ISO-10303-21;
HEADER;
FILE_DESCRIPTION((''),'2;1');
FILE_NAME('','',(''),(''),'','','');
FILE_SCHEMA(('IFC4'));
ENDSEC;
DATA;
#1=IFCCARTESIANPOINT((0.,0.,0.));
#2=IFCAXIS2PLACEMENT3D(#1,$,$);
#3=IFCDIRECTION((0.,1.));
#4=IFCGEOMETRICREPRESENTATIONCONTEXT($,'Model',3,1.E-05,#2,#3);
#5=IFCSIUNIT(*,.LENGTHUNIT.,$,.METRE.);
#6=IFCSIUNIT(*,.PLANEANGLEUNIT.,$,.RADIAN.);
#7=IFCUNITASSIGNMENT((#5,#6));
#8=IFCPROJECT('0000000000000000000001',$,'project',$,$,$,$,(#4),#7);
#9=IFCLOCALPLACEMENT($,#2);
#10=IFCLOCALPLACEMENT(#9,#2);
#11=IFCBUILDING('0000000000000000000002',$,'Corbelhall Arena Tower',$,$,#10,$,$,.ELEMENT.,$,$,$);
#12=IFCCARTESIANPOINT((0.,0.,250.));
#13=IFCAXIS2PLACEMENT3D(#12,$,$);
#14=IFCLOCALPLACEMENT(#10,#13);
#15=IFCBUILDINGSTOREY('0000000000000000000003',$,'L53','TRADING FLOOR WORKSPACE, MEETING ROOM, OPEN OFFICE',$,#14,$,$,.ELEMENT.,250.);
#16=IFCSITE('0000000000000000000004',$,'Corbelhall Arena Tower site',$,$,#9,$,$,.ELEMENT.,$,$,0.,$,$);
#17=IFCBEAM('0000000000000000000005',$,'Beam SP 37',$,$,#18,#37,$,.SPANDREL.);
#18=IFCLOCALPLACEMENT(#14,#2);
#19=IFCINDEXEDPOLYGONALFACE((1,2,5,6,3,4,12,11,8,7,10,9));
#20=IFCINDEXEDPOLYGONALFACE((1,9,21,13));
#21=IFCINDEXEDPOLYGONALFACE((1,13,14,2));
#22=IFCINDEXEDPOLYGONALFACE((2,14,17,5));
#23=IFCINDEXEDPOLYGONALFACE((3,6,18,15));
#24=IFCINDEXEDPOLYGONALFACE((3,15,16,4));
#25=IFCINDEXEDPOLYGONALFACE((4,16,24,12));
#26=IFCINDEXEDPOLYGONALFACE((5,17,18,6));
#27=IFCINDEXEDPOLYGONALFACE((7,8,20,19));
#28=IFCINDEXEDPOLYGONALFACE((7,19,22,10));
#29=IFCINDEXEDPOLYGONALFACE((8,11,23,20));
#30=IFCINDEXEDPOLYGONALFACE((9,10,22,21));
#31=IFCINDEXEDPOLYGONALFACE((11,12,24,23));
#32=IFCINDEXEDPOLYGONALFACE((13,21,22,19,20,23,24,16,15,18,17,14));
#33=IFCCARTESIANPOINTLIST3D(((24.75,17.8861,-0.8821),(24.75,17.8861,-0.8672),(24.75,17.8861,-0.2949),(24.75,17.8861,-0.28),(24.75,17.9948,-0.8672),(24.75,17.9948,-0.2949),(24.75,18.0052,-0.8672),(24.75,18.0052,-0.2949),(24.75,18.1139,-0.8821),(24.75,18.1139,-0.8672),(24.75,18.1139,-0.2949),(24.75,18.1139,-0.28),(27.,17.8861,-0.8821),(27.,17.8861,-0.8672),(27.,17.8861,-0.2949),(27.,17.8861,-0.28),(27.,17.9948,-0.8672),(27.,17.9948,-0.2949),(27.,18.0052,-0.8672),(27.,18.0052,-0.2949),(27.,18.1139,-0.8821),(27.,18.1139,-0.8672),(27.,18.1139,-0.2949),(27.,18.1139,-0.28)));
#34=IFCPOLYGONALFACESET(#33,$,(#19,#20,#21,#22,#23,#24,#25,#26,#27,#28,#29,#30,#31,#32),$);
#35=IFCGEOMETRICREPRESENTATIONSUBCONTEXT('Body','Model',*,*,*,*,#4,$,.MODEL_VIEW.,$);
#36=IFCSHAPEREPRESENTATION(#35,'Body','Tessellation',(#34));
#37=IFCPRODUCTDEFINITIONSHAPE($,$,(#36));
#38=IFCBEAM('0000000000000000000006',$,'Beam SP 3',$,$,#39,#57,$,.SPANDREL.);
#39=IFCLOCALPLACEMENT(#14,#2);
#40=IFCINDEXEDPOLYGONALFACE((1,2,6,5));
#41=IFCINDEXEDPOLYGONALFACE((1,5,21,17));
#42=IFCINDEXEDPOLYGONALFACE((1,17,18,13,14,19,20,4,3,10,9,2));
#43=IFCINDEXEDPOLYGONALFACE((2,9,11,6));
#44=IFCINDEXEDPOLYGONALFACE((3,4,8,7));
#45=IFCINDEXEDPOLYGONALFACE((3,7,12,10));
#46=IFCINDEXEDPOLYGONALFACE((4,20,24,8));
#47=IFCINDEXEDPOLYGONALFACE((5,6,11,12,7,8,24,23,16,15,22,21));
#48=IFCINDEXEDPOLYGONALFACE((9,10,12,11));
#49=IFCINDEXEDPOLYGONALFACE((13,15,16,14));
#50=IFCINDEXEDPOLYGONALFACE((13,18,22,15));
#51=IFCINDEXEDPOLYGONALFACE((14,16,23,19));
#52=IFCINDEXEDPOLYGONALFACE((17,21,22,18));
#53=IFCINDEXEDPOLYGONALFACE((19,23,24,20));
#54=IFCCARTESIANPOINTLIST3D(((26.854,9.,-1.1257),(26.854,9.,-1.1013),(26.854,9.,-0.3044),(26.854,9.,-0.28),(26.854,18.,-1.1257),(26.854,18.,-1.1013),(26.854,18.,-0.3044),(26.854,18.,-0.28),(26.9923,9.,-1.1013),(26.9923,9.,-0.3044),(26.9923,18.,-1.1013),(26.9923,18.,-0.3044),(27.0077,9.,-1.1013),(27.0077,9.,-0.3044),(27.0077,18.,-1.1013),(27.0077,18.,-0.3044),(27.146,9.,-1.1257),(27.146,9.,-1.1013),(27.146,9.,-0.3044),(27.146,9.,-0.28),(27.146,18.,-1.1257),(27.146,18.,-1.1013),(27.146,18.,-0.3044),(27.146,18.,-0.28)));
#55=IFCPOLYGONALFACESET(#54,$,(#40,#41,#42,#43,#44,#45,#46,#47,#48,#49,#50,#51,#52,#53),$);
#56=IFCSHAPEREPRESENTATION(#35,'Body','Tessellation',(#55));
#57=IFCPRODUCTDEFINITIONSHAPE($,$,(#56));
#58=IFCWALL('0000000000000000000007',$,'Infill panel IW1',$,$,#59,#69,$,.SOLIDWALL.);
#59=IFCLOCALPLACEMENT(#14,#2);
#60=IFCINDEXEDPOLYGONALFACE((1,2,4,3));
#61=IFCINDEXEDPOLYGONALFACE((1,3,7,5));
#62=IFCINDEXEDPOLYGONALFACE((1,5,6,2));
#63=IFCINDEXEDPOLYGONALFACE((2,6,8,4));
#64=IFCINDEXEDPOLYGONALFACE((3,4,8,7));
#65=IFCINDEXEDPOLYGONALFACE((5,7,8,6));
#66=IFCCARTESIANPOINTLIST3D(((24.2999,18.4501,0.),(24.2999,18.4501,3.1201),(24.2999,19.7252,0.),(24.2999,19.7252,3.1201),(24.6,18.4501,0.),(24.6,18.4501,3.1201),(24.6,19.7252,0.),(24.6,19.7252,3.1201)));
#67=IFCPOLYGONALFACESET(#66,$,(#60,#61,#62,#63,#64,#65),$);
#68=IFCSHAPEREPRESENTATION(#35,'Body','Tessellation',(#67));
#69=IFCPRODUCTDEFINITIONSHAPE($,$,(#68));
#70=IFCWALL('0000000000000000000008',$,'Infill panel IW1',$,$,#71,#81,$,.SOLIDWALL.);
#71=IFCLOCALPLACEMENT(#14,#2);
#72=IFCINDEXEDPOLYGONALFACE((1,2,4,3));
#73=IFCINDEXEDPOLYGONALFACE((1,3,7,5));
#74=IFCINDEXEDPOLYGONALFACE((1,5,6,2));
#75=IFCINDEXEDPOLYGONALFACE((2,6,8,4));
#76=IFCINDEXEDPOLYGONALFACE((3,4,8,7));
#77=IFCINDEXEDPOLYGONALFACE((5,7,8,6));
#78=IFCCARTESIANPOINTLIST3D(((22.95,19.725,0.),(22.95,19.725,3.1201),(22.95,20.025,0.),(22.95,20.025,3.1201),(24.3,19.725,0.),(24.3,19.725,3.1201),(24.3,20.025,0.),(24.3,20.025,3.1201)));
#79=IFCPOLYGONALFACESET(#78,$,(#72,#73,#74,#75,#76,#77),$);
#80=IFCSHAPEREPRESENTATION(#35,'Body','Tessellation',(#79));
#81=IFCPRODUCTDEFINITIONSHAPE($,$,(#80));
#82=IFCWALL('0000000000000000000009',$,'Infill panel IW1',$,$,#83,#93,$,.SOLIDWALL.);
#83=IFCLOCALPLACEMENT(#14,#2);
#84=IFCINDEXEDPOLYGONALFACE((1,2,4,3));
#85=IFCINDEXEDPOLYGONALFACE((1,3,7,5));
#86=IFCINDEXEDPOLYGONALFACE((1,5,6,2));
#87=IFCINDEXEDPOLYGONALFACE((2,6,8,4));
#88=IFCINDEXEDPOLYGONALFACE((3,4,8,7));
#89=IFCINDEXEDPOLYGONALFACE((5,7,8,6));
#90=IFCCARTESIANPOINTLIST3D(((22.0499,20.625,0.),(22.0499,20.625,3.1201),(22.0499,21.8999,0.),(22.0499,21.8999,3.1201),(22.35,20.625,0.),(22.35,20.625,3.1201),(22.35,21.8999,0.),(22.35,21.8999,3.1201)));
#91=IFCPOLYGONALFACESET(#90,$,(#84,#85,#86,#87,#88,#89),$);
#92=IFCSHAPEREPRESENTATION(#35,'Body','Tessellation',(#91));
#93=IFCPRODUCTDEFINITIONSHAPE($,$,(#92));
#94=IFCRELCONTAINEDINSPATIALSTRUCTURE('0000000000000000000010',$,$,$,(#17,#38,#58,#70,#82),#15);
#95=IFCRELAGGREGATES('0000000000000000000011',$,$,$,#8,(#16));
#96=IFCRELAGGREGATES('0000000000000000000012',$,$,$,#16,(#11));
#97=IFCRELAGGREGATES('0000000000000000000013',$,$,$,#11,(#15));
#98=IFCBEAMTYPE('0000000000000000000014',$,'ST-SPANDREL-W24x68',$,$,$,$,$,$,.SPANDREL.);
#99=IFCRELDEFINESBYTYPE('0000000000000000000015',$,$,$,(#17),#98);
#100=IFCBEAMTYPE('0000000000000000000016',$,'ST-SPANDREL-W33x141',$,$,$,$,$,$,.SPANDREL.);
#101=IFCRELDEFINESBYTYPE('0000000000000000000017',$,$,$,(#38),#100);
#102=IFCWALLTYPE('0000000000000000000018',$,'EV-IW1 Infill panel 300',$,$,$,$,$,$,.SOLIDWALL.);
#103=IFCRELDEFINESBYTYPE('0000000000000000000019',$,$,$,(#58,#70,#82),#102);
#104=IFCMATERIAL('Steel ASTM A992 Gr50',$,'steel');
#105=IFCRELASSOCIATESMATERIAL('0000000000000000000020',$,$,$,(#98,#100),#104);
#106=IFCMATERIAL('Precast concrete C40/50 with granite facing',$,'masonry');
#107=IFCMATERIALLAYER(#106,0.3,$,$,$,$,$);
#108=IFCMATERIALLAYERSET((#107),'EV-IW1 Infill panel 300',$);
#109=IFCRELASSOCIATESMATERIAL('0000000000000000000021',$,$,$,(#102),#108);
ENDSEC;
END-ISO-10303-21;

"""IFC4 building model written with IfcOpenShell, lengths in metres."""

from ifc_helpers import new_model, si_unit, direction, frame, frame_2d, origin, origin_2d, place, context, subcontext, project, spatial, rectangle, i_section, extrude, material, layer, layer_set, material_profile, profile_set, type_object, element, save


model = new_model("IFC4")

# Units and contexts
model_context = context("Model", 3, precision=1e-05, world=origin(), true_north=direction((0.0, 1.0)))
body_context = subcontext(model_context, "Body", "Model", "MODEL_VIEW")
ifc_project = project(units=[si_unit("LENGTHUNIT", "METRE"), si_unit("PLANEANGLEUNIT", "RADIAN")], contexts=[model_context])

# Site, building, storey
site_placement = place(None, origin())
site = spatial("IfcSite", under=ifc_project, at=site_placement, Name="Corbelhall Arena Tower site", CompositionType="ELEMENT", RefElevation=0.0)
building_placement = place(site_placement, origin())
building = spatial("IfcBuilding", under=site, at=building_placement, Name="Corbelhall Arena Tower", CompositionType="ELEMENT")
storey_placement = place(building_placement, frame((0.0, 0.0, 250.0)))
storey = spatial("IfcBuildingStorey", under=building, at=storey_placement, Name="L53", Description="TRADING FLOOR WORKSPACE, MEETING ROOM, OPEN OFFICE", CompositionType="ELEMENT", Elevation=250.0)

# Beams
ifc_material_1 = material(Name="Steel ASTM A992 Gr50", Category="steel")
ifc_material_profile_1 = material_profile(ifc_material_1, i_section(OverallWidth=0.2278, OverallDepth=0.6021, WebThickness=0.0105, FlangeThickness=0.0149, at=origin_2d()))
ifc_profile_set_1 = profile_set([ifc_material_profile_1], Name="Steel ASTM A992 Gr50")
beam_type_1 = type_object("IfcBeamType", Name="ST-SPANDREL-W24x68", PredefinedType="SPANDREL", material=ifc_profile_set_1)
beam_1_placement = place(storey_placement, frame((24.75, 18.0, -0.5811), z_axis=(1.0, 0.0, 0.0), x_axis=(0.0, 1.0, 0.0)))
element("IfcBeam", 1, at=beam_1_placement, inside=storey, type_object=beam_type_1, Name="Beam SP 37", PredefinedType="SPANDREL", context=body_context, shape_type="SweptSolid", body=[
    extrude(i_section(OverallWidth=0.2278, OverallDepth=0.6021, WebThickness=0.0105, FlangeThickness=0.0149, at=origin_2d()), origin(), (0.0, 0.0, 1.0), 2.25),
])
ifc_material_profile_2 = material_profile(ifc_material_1, i_section(OverallWidth=0.292, OverallDepth=0.8457, WebThickness=0.0154, FlangeThickness=0.0244, at=origin_2d()))
ifc_profile_set_2 = profile_set([ifc_material_profile_2], Name="Steel ASTM A992 Gr50")
beam_type_2 = type_object("IfcBeamType", Name="ST-SPANDREL-W33x141", PredefinedType="SPANDREL", material=ifc_profile_set_2)
beam_2_placement = place(storey_placement, frame((27.0, 18.0, -0.7029), z_axis=(0.0, -1.0, 0.0), x_axis=(1.0, 0.0, 0.0)))
element("IfcBeam", 2, at=beam_2_placement, inside=storey, type_object=beam_type_2, Name="Beam SP 3", PredefinedType="SPANDREL", context=body_context, shape_type="SweptSolid", body=[
    extrude(i_section(OverallWidth=0.292, OverallDepth=0.8457, WebThickness=0.0154, FlangeThickness=0.0244, at=origin_2d()), origin(), (0.0, 0.0, 1.0), 9.0),
])

# Walls
ifc_material_2 = material(Name="Precast concrete C40/50 with granite facing", Category="masonry")
ifc_layer_1 = layer(ifc_material_2, 0.3)
ifc_layer_set_1 = layer_set([ifc_layer_1], Name="EV-IW1 Infill panel 300")
wall_type_1 = type_object("IfcWallType", Name="EV-IW1 Infill panel 300", PredefinedType="SOLIDWALL", material=ifc_layer_set_1)
wall_1_placement = place(storey_placement, frame((24.45, 18.45, 0.0), z_axis=(0.0, 0.0, 1.0), x_axis=(0.0, 1.0, 0.0)))
element("IfcWall", 3, at=wall_1_placement, inside=storey, type_object=wall_type_1, Name="Infill panel IW1", PredefinedType="SOLIDWALL", context=body_context, shape_type="SweptSolid", body=[
    extrude(rectangle(XDim=1.2751, YDim=0.3, at=frame_2d((0.6377, 0.0))), origin(), (0.0, 0.0, 1.0), 3.1201),
])
wall_2_placement = place(storey_placement, frame((24.3, 19.875, 0.0), z_axis=(0.0, 0.0, 1.0), x_axis=(-1.0, 0.0, 0.0)))
element("IfcWall", 4, at=wall_2_placement, inside=storey, type_object=wall_type_1, Name="Infill panel IW1", PredefinedType="SOLIDWALL", context=body_context, shape_type="SweptSolid", body=[
    extrude(rectangle(XDim=1.3501, YDim=0.3, at=frame_2d((0.675, 0.0))), origin(), (0.0, 0.0, 1.0), 3.1201),
])
wall_3_placement = place(storey_placement, frame((22.2, 20.625, 0.0), z_axis=(0.0, 0.0, 1.0), x_axis=(0.0, 1.0, 0.0)))
element("IfcWall", 5, at=wall_3_placement, inside=storey, type_object=wall_type_1, Name="Infill panel IW1", PredefinedType="SOLIDWALL", context=body_context, shape_type="SweptSolid", body=[
    extrude(rectangle(XDim=1.2749, YDim=0.3, at=frame_2d((0.6375, 0.0))), origin(), (0.0, 0.0, 1.0), 3.1201),
])

save(model, "model.ifc")
